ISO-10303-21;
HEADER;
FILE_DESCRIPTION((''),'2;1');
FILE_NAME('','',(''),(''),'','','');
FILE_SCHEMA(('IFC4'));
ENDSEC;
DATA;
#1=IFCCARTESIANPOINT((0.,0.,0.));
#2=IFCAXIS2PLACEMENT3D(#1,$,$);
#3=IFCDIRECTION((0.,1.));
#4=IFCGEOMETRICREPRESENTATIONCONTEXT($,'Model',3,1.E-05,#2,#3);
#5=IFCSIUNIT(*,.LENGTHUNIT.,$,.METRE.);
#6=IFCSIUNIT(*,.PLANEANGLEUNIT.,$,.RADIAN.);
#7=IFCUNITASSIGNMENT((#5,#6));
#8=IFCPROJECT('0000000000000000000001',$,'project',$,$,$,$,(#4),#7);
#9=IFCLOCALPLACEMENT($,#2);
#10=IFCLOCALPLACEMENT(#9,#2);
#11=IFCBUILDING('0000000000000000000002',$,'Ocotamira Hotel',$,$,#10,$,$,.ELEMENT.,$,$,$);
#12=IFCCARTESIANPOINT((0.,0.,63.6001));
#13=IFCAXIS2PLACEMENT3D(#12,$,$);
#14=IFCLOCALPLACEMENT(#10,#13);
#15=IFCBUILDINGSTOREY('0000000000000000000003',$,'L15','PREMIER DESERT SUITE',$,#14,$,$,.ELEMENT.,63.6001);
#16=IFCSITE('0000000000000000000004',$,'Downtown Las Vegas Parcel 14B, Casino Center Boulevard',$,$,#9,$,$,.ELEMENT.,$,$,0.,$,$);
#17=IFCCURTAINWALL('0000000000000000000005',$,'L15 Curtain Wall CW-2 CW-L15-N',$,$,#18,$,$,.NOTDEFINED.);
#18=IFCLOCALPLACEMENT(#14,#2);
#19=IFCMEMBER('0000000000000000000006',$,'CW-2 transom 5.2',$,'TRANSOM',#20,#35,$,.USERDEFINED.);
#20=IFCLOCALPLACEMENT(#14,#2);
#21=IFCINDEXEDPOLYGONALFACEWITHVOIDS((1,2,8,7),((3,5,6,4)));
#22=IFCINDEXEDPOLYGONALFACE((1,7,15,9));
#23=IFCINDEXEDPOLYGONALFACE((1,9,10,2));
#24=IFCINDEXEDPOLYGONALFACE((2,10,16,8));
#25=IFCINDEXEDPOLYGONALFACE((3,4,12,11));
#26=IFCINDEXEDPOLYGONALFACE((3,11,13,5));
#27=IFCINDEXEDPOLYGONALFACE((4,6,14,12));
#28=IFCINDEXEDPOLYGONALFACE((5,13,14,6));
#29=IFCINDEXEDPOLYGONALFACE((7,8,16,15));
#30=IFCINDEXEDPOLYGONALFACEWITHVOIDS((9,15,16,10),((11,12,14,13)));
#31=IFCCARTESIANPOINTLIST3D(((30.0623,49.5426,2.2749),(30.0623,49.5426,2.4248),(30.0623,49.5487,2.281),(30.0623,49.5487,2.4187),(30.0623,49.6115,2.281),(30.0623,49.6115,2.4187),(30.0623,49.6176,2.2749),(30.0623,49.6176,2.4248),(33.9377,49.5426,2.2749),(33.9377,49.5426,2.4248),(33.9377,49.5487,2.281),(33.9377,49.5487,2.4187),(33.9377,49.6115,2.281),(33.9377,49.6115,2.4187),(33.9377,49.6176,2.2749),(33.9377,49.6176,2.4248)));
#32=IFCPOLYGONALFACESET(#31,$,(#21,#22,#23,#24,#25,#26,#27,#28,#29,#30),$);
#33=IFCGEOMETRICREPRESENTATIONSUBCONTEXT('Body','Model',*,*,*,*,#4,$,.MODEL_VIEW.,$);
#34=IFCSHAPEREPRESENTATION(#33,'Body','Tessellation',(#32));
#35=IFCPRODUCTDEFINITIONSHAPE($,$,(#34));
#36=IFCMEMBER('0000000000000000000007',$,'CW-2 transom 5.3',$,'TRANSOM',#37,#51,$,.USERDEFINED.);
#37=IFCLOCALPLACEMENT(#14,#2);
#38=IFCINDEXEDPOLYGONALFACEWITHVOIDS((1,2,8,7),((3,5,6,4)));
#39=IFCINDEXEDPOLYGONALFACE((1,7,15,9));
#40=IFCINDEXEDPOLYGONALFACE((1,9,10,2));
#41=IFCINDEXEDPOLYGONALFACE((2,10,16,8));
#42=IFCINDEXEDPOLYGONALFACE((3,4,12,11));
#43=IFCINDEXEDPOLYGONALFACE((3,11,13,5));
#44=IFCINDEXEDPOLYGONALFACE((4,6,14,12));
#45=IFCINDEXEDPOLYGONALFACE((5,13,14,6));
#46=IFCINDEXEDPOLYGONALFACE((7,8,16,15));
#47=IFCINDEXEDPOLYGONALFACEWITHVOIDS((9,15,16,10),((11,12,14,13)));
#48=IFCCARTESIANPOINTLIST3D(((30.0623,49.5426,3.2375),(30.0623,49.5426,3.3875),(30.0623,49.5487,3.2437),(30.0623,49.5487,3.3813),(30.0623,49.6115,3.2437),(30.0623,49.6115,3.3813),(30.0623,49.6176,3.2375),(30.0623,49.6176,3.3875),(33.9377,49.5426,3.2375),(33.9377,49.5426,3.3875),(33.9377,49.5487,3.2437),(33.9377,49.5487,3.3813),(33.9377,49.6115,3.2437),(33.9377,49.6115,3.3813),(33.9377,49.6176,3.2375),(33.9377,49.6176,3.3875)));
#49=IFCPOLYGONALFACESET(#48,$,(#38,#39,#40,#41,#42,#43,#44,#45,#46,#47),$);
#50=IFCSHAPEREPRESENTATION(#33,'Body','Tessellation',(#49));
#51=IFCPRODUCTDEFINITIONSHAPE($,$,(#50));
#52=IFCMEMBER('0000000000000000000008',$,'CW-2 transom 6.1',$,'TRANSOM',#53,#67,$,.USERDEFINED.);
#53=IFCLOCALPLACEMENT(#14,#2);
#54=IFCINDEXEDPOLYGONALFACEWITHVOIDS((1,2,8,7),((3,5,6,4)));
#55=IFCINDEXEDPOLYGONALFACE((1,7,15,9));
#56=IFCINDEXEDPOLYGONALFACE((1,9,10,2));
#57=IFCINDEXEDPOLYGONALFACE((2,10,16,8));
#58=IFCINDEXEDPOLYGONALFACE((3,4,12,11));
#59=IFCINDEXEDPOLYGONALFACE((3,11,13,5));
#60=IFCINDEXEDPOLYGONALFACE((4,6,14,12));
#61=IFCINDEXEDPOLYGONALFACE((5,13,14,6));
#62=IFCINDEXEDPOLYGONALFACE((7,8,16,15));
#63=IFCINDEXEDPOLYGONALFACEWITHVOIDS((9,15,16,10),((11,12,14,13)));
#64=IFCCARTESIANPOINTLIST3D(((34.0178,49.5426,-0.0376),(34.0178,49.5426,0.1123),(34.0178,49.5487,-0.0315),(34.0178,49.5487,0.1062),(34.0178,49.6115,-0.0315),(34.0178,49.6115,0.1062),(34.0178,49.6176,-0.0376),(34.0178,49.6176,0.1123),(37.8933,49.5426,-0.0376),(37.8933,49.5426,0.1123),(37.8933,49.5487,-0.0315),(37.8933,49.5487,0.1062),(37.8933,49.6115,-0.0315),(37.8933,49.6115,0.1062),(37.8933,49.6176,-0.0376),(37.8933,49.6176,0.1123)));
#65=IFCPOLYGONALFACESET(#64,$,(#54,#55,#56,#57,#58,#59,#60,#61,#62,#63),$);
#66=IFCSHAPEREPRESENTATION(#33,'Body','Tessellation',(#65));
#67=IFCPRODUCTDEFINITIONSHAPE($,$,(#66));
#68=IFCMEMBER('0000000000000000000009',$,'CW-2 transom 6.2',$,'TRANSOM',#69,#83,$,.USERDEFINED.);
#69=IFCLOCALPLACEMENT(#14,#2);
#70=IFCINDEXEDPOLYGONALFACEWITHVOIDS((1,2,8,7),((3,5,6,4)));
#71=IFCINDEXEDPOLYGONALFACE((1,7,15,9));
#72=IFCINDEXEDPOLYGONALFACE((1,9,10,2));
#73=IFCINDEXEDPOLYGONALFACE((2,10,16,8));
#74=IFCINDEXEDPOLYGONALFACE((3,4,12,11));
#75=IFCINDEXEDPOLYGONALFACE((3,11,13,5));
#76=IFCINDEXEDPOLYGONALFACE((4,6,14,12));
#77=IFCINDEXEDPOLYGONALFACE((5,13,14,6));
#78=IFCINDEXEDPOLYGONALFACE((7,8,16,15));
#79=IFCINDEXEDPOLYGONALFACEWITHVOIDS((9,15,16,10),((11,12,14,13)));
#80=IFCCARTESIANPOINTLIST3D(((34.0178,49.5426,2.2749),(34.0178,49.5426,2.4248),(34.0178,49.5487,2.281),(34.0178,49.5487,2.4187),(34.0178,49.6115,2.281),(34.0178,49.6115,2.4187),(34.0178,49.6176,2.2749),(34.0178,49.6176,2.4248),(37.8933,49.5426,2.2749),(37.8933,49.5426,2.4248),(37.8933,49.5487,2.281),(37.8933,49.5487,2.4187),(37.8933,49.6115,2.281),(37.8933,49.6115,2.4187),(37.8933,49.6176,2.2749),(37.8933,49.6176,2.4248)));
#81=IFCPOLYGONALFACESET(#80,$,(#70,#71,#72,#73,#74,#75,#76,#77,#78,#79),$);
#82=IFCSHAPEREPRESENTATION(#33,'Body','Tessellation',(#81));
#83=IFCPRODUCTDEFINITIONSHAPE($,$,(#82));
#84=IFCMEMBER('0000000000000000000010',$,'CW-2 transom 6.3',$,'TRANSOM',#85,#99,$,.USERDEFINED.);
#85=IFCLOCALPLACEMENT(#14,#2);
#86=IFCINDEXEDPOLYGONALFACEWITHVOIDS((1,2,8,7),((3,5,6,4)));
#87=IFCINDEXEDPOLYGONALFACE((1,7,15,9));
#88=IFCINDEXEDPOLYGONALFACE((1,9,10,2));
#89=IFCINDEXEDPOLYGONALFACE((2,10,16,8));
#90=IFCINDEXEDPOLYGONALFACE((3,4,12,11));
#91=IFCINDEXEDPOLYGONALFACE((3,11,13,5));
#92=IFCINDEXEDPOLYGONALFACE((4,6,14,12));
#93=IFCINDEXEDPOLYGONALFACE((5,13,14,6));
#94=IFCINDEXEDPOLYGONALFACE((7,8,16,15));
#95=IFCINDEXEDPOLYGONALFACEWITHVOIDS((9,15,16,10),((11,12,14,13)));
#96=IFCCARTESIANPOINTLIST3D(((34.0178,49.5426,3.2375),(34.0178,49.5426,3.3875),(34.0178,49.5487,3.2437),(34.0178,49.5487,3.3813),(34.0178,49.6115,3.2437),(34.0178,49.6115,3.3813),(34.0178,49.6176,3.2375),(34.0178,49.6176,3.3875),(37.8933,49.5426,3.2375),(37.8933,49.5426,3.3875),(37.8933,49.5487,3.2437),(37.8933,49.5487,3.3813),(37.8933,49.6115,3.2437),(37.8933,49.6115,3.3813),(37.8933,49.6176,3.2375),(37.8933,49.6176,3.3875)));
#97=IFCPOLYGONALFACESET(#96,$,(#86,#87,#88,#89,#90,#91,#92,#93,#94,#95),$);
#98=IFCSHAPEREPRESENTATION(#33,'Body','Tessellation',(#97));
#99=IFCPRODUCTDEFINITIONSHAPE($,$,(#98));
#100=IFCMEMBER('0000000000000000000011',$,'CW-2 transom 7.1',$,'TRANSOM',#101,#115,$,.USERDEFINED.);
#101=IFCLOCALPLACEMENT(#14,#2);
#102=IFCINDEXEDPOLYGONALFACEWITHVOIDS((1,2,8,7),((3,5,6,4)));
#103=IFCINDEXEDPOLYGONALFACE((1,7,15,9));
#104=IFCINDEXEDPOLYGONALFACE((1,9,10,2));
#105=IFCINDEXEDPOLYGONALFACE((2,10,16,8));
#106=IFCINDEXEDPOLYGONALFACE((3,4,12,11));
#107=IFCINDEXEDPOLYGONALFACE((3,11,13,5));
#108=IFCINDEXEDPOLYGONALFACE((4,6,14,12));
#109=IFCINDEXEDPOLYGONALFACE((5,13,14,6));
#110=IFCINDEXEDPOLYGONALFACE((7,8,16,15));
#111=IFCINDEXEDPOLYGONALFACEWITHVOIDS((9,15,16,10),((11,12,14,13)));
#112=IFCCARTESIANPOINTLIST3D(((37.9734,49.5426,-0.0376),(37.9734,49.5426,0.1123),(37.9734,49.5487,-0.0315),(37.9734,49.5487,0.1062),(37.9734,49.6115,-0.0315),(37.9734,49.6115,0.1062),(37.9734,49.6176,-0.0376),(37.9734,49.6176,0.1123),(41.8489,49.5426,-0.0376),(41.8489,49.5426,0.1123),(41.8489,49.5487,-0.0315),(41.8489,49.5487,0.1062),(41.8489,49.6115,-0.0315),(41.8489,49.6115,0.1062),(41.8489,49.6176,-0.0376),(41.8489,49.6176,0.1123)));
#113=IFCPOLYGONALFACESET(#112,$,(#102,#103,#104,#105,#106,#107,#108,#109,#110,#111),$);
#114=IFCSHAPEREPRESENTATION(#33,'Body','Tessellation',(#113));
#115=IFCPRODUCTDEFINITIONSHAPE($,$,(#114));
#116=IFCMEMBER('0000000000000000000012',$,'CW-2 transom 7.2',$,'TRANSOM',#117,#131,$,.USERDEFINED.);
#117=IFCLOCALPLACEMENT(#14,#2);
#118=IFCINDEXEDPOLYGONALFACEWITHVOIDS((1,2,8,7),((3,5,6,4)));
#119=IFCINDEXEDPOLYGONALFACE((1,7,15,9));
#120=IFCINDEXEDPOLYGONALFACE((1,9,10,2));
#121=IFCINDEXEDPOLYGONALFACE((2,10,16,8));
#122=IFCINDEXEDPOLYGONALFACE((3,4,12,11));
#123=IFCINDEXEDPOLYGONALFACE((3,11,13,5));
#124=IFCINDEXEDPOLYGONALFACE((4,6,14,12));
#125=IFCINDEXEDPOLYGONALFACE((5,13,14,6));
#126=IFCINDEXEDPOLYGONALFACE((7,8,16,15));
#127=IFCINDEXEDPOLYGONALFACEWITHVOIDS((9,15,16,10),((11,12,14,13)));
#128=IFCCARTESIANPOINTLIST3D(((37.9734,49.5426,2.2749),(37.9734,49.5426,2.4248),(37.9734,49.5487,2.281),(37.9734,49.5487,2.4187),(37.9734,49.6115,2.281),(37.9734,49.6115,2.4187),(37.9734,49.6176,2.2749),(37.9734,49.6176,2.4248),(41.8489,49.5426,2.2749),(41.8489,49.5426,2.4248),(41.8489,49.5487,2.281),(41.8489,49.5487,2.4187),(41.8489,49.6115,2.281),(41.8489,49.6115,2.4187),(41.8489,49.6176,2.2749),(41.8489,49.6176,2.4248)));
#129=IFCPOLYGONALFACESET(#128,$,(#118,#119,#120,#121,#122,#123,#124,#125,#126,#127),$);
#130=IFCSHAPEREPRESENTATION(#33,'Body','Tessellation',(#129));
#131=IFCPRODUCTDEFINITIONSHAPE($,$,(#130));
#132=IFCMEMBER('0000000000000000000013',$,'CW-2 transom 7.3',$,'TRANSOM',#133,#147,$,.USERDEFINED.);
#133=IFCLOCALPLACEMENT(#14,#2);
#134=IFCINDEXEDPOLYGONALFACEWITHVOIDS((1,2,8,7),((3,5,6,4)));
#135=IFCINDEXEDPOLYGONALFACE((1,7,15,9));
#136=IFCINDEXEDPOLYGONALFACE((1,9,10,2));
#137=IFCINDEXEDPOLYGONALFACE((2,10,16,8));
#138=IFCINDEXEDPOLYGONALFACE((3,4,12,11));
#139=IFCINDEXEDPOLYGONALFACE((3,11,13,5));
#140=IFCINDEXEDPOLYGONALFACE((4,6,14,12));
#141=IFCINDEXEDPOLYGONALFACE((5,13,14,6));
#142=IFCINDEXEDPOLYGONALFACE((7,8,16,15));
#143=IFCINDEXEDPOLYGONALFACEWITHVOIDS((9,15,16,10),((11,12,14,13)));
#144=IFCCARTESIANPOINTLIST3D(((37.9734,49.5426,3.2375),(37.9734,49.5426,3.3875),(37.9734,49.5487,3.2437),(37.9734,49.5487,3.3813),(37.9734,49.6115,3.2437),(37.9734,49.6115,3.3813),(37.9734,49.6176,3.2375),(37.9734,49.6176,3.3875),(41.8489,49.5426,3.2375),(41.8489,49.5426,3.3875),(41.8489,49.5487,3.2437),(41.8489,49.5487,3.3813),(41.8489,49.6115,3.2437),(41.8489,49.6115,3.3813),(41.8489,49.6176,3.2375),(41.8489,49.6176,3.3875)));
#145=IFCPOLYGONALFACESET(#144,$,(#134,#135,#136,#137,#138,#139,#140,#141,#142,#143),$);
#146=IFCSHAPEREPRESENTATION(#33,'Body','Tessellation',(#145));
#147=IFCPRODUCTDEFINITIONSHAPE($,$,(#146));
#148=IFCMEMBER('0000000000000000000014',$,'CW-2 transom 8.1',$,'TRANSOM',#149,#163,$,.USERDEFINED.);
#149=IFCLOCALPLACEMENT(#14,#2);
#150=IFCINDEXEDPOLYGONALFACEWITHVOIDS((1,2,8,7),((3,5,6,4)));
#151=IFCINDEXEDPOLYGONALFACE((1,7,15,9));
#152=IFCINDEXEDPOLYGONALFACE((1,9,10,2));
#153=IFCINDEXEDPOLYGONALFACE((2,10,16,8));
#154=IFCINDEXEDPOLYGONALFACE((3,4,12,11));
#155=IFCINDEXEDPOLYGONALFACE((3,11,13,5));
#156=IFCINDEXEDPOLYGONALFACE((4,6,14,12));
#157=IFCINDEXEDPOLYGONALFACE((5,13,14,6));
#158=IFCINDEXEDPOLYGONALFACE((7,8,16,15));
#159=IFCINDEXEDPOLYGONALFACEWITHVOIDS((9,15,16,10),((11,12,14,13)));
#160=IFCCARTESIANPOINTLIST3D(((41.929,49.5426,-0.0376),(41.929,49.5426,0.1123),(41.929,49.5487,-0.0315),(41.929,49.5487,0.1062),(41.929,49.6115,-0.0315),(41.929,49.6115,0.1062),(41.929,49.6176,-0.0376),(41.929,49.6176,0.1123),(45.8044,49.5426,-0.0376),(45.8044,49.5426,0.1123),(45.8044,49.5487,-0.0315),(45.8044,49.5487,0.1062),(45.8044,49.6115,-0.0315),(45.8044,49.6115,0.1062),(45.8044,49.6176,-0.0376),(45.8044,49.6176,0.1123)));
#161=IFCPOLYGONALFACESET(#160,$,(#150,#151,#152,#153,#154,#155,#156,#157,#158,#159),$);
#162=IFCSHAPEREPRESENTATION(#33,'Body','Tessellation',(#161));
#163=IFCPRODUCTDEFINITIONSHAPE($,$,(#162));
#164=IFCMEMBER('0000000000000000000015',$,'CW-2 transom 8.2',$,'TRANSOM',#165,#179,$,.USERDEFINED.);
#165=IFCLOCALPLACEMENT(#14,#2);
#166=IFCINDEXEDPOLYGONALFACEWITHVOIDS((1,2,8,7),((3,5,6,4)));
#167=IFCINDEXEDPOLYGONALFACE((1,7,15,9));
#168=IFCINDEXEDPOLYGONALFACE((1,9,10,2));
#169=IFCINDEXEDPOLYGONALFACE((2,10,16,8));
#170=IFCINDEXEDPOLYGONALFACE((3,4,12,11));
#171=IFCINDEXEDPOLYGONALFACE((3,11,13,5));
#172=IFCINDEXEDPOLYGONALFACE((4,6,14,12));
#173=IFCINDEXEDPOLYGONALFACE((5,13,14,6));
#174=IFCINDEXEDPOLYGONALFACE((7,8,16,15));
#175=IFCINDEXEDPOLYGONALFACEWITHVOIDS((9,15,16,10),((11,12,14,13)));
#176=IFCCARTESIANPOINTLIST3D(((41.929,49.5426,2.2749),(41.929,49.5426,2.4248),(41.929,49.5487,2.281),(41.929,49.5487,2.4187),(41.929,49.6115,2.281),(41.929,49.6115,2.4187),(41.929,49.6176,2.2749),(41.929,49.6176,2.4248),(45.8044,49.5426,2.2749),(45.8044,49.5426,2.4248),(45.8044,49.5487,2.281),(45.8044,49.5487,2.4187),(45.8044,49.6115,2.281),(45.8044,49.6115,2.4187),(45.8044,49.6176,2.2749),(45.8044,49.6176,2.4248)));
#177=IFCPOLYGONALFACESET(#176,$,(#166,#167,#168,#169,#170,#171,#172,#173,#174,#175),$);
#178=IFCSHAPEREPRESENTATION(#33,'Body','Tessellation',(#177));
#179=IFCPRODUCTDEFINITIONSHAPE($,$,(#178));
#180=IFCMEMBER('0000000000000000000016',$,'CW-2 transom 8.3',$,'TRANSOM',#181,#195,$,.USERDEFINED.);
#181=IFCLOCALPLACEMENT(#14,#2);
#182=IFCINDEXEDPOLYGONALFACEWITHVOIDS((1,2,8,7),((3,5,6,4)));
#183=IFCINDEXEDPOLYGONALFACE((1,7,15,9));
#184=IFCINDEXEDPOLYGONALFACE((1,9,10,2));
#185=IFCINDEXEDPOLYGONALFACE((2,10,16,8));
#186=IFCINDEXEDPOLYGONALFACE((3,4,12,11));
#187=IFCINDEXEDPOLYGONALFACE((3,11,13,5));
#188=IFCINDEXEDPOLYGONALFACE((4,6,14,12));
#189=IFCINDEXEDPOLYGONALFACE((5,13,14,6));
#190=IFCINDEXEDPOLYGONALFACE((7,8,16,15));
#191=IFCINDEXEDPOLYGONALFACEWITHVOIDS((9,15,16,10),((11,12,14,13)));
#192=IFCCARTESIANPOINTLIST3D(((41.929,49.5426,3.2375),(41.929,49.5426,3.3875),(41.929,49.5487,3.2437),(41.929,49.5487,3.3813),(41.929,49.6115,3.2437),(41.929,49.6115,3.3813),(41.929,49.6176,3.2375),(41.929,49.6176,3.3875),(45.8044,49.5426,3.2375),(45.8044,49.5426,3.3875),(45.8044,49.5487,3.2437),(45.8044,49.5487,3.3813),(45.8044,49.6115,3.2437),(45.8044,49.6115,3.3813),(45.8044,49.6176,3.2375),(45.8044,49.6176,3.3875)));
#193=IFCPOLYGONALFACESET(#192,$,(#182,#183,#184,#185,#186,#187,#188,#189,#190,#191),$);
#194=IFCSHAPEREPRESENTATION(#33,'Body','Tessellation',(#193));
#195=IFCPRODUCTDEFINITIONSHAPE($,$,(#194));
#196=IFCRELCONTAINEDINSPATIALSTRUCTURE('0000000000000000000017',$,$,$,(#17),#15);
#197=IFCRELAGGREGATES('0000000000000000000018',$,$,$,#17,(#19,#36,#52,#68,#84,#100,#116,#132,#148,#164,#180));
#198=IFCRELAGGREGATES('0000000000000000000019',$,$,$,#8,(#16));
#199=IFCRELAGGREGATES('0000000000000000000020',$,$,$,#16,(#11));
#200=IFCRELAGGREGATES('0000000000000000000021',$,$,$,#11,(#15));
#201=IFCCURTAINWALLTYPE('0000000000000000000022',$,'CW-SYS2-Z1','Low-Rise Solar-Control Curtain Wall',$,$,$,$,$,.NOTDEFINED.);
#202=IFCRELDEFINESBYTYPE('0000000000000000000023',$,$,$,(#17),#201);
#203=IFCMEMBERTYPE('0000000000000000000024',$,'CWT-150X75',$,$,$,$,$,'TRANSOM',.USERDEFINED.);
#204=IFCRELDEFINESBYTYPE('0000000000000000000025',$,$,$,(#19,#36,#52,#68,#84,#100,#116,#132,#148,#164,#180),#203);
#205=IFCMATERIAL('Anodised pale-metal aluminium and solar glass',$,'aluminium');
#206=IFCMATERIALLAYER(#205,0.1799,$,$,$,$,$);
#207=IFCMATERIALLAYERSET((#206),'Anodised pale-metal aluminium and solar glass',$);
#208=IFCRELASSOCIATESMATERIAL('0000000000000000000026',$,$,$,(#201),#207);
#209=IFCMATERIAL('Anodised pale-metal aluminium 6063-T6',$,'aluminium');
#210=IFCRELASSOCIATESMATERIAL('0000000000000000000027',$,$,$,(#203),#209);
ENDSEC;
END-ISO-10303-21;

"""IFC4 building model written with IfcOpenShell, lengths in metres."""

from ifc_helpers import new_model, si_unit, direction, frame, origin, origin_2d, place, context, subcontext, project, spatial, hollow_rectangle, extrude, source, transform, mapped, material, layer, layer_set, material_profile, profile_set, type_object, element, aggregate, save


model = new_model("IFC4")

# Units and contexts
model_context = context("Model", 3, precision=1e-05, world=origin(), true_north=direction((0.0, 1.0)))
body_context = subcontext(model_context, "Body", "Model", "MODEL_VIEW")
ifc_project = project(units=[si_unit("LENGTHUNIT", "METRE"), si_unit("PLANEANGLEUNIT", "RADIAN")], contexts=[model_context])

# Site, building, storey
site_placement = place(None, origin())
site = spatial("IfcSite", under=ifc_project, at=site_placement, Name="Downtown Las Vegas Parcel 14B, Casino Center Boulevard", CompositionType="ELEMENT", RefElevation=0.0)
building_placement = place(site_placement, origin())
building = spatial("IfcBuilding", under=site, at=building_placement, Name="Ocotamira Hotel", CompositionType="ELEMENT")
storey_placement = place(building_placement, frame((0.0, 0.0, 63.6001)))
storey = spatial("IfcBuildingStorey", under=building, at=storey_placement, Name="L15", Description="PREMIER DESERT SUITE", CompositionType="ELEMENT", Elevation=63.6001)

# Curtain wall, members
ifc_material_1 = material(Name="Anodised pale-metal aluminium and solar glass", Category="aluminium")
ifc_layer_1 = layer(ifc_material_1, 0.1799)
ifc_layer_set_1 = layer_set([ifc_layer_1], Name="Anodised pale-metal aluminium and solar glass")
curtain_wall_type = type_object("IfcCurtainWallType", Name="CW-SYS2-Z1", Description="Low-Rise Solar-Control Curtain Wall", PredefinedType="NOTDEFINED", material=ifc_layer_set_1)
curtain_wall_placement = place(storey_placement, origin())
curtain_wall = element("IfcCurtainWall", 1, at=curtain_wall_placement, inside=storey, type_object=curtain_wall_type, Name="L15 Curtain Wall CW-2 CW-L15-N", PredefinedType="NOTDEFINED")
ifc_material_2 = material(Name="Anodised pale-metal aluminium 6063-T6", Category="aluminium")
ifc_material_profile_1 = material_profile(ifc_material_2, hollow_rectangle(XDim=0.075, YDim=0.1499, WallThickness=0.0061, at=origin_2d()), Name="HSS150X75X6")
ifc_profile_set_1 = profile_set([ifc_material_profile_1], Name="Anodised pale-metal aluminium 6063-T6")
member_type_1 = type_object("IfcMemberType", Name="CWT-150X75", ElementType="TRANSOM", PredefinedType="USERDEFINED", material=ifc_profile_set_1)
shared_shape_1 = source(origin(), body_context, "Body", "SweptSolid", [
    extrude(hollow_rectangle(XDim=0.075, YDim=0.1499, WallThickness=0.0061, at=origin_2d()), origin(), (0.0, 0.0, 1.0), 3.8755),
])
member_1_placement = place(storey_placement, frame((30.0623, 49.5801, 2.3499), z_axis=(1.0, 0.0, 0.0), x_axis=(0.0, 1.0, 0.0)))
member_1 = element("IfcMember", 2, at=member_1_placement, type_object=member_type_1, Name="CW-2 transom 5.2", ObjectType="TRANSOM", PredefinedType="USERDEFINED", context=body_context, shape_type="MappedRepresentation", body=[
    mapped(shared_shape_1, transform((0.0, 0.0, 0.0), scale=1.0)),
])
member_2_placement = place(storey_placement, frame((30.0623, 49.5801, 3.3125), z_axis=(1.0, 0.0, 0.0), x_axis=(0.0, 1.0, 0.0)))
member_2 = element("IfcMember", 3, at=member_2_placement, type_object=member_type_1, Name="CW-2 transom 5.3", ObjectType="TRANSOM", PredefinedType="USERDEFINED", context=body_context, shape_type="MappedRepresentation", body=[
    mapped(shared_shape_1, transform((0.0, 0.0, 0.0), scale=1.0)),
])
member_3_placement = place(storey_placement, frame((34.0178, 49.5801, 0.0374), z_axis=(1.0, 0.0, 0.0), x_axis=(0.0, 1.0, 0.0)))
member_3 = element("IfcMember", 4, at=member_3_placement, type_object=member_type_1, Name="CW-2 transom 6.1", ObjectType="TRANSOM", PredefinedType="USERDEFINED", context=body_context, shape_type="MappedRepresentation", body=[
    mapped(shared_shape_1, transform((0.0, 0.0, 0.0), scale=1.0)),
])
member_4_placement = place(storey_placement, frame((34.0178, 49.5801, 2.3499), z_axis=(1.0, 0.0, 0.0), x_axis=(0.0, 1.0, 0.0)))
member_4 = element("IfcMember", 5, at=member_4_placement, type_object=member_type_1, Name="CW-2 transom 6.2", ObjectType="TRANSOM", PredefinedType="USERDEFINED", context=body_context, shape_type="MappedRepresentation", body=[
    mapped(shared_shape_1, transform((0.0, 0.0, 0.0), scale=1.0)),
])
member_5_placement = place(storey_placement, frame((34.0178, 49.5801, 3.3125), z_axis=(1.0, 0.0, 0.0), x_axis=(0.0, 1.0, 0.0)))
member_5 = element("IfcMember", 6, at=member_5_placement, type_object=member_type_1, Name="CW-2 transom 6.3", ObjectType="TRANSOM", PredefinedType="USERDEFINED", context=body_context, shape_type="MappedRepresentation", body=[
    mapped(shared_shape_1, transform((0.0, 0.0, 0.0), scale=1.0)),
])
member_6_placement = place(storey_placement, frame((37.9734, 49.5801, 0.0374), z_axis=(1.0, 0.0, 0.0), x_axis=(0.0, 1.0, 0.0)))
member_6 = element("IfcMember", 7, at=member_6_placement, type_object=member_type_1, Name="CW-2 transom 7.1", ObjectType="TRANSOM", PredefinedType="USERDEFINED", context=body_context, shape_type="MappedRepresentation", body=[
    mapped(shared_shape_1, transform((0.0, 0.0, 0.0), scale=1.0)),
])
member_7_placement = place(storey_placement, frame((37.9734, 49.5801, 2.3499), z_axis=(1.0, 0.0, 0.0), x_axis=(0.0, 1.0, 0.0)))
member_7 = element("IfcMember", 8, at=member_7_placement, type_object=member_type_1, Name="CW-2 transom 7.2", ObjectType="TRANSOM", PredefinedType="USERDEFINED", context=body_context, shape_type="MappedRepresentation", body=[
    mapped(shared_shape_1, transform((0.0, 0.0, 0.0), scale=1.0)),
])
member_8_placement = place(storey_placement, frame((37.9734, 49.5801, 3.3125), z_axis=(1.0, 0.0, 0.0), x_axis=(0.0, 1.0, 0.0)))
member_8 = element("IfcMember", 9, at=member_8_placement, type_object=member_type_1, Name="CW-2 transom 7.3", ObjectType="TRANSOM", PredefinedType="USERDEFINED", context=body_context, shape_type="MappedRepresentation", body=[
    mapped(shared_shape_1, transform((0.0, 0.0, 0.0), scale=1.0)),
])
member_9_placement = place(storey_placement, frame((41.929, 49.5801, 0.0374), z_axis=(1.0, 0.0, 0.0), x_axis=(0.0, 1.0, 0.0)))
member_9 = element("IfcMember", 10, at=member_9_placement, type_object=member_type_1, Name="CW-2 transom 8.1", ObjectType="TRANSOM", PredefinedType="USERDEFINED", context=body_context, shape_type="MappedRepresentation", body=[
    mapped(shared_shape_1, transform((0.0, 0.0, 0.0), scale=1.0)),
])
member_10_placement = place(storey_placement, frame((41.929, 49.5801, 2.3499), z_axis=(1.0, 0.0, 0.0), x_axis=(0.0, 1.0, 0.0)))
member_10 = element("IfcMember", 11, at=member_10_placement, type_object=member_type_1, Name="CW-2 transom 8.2", ObjectType="TRANSOM", PredefinedType="USERDEFINED", context=body_context, shape_type="MappedRepresentation", body=[
    mapped(shared_shape_1, transform((0.0, 0.0, 0.0), scale=1.0)),
])
member_11_placement = place(storey_placement, frame((41.929, 49.5801, 3.3125), z_axis=(1.0, 0.0, 0.0), x_axis=(0.0, 1.0, 0.0)))
member_11 = element("IfcMember", 12, at=member_11_placement, type_object=member_type_1, Name="CW-2 transom 8.3", ObjectType="TRANSOM", PredefinedType="USERDEFINED", context=body_context, shape_type="MappedRepresentation", body=[
    mapped(shared_shape_1, transform((0.0, 0.0, 0.0), scale=1.0)),
])

aggregate(curtain_wall, [member_1, member_2, member_3, member_4, member_5, member_6, member_7, member_8, member_9, member_10, member_11])

save(model, "model.ifc")
